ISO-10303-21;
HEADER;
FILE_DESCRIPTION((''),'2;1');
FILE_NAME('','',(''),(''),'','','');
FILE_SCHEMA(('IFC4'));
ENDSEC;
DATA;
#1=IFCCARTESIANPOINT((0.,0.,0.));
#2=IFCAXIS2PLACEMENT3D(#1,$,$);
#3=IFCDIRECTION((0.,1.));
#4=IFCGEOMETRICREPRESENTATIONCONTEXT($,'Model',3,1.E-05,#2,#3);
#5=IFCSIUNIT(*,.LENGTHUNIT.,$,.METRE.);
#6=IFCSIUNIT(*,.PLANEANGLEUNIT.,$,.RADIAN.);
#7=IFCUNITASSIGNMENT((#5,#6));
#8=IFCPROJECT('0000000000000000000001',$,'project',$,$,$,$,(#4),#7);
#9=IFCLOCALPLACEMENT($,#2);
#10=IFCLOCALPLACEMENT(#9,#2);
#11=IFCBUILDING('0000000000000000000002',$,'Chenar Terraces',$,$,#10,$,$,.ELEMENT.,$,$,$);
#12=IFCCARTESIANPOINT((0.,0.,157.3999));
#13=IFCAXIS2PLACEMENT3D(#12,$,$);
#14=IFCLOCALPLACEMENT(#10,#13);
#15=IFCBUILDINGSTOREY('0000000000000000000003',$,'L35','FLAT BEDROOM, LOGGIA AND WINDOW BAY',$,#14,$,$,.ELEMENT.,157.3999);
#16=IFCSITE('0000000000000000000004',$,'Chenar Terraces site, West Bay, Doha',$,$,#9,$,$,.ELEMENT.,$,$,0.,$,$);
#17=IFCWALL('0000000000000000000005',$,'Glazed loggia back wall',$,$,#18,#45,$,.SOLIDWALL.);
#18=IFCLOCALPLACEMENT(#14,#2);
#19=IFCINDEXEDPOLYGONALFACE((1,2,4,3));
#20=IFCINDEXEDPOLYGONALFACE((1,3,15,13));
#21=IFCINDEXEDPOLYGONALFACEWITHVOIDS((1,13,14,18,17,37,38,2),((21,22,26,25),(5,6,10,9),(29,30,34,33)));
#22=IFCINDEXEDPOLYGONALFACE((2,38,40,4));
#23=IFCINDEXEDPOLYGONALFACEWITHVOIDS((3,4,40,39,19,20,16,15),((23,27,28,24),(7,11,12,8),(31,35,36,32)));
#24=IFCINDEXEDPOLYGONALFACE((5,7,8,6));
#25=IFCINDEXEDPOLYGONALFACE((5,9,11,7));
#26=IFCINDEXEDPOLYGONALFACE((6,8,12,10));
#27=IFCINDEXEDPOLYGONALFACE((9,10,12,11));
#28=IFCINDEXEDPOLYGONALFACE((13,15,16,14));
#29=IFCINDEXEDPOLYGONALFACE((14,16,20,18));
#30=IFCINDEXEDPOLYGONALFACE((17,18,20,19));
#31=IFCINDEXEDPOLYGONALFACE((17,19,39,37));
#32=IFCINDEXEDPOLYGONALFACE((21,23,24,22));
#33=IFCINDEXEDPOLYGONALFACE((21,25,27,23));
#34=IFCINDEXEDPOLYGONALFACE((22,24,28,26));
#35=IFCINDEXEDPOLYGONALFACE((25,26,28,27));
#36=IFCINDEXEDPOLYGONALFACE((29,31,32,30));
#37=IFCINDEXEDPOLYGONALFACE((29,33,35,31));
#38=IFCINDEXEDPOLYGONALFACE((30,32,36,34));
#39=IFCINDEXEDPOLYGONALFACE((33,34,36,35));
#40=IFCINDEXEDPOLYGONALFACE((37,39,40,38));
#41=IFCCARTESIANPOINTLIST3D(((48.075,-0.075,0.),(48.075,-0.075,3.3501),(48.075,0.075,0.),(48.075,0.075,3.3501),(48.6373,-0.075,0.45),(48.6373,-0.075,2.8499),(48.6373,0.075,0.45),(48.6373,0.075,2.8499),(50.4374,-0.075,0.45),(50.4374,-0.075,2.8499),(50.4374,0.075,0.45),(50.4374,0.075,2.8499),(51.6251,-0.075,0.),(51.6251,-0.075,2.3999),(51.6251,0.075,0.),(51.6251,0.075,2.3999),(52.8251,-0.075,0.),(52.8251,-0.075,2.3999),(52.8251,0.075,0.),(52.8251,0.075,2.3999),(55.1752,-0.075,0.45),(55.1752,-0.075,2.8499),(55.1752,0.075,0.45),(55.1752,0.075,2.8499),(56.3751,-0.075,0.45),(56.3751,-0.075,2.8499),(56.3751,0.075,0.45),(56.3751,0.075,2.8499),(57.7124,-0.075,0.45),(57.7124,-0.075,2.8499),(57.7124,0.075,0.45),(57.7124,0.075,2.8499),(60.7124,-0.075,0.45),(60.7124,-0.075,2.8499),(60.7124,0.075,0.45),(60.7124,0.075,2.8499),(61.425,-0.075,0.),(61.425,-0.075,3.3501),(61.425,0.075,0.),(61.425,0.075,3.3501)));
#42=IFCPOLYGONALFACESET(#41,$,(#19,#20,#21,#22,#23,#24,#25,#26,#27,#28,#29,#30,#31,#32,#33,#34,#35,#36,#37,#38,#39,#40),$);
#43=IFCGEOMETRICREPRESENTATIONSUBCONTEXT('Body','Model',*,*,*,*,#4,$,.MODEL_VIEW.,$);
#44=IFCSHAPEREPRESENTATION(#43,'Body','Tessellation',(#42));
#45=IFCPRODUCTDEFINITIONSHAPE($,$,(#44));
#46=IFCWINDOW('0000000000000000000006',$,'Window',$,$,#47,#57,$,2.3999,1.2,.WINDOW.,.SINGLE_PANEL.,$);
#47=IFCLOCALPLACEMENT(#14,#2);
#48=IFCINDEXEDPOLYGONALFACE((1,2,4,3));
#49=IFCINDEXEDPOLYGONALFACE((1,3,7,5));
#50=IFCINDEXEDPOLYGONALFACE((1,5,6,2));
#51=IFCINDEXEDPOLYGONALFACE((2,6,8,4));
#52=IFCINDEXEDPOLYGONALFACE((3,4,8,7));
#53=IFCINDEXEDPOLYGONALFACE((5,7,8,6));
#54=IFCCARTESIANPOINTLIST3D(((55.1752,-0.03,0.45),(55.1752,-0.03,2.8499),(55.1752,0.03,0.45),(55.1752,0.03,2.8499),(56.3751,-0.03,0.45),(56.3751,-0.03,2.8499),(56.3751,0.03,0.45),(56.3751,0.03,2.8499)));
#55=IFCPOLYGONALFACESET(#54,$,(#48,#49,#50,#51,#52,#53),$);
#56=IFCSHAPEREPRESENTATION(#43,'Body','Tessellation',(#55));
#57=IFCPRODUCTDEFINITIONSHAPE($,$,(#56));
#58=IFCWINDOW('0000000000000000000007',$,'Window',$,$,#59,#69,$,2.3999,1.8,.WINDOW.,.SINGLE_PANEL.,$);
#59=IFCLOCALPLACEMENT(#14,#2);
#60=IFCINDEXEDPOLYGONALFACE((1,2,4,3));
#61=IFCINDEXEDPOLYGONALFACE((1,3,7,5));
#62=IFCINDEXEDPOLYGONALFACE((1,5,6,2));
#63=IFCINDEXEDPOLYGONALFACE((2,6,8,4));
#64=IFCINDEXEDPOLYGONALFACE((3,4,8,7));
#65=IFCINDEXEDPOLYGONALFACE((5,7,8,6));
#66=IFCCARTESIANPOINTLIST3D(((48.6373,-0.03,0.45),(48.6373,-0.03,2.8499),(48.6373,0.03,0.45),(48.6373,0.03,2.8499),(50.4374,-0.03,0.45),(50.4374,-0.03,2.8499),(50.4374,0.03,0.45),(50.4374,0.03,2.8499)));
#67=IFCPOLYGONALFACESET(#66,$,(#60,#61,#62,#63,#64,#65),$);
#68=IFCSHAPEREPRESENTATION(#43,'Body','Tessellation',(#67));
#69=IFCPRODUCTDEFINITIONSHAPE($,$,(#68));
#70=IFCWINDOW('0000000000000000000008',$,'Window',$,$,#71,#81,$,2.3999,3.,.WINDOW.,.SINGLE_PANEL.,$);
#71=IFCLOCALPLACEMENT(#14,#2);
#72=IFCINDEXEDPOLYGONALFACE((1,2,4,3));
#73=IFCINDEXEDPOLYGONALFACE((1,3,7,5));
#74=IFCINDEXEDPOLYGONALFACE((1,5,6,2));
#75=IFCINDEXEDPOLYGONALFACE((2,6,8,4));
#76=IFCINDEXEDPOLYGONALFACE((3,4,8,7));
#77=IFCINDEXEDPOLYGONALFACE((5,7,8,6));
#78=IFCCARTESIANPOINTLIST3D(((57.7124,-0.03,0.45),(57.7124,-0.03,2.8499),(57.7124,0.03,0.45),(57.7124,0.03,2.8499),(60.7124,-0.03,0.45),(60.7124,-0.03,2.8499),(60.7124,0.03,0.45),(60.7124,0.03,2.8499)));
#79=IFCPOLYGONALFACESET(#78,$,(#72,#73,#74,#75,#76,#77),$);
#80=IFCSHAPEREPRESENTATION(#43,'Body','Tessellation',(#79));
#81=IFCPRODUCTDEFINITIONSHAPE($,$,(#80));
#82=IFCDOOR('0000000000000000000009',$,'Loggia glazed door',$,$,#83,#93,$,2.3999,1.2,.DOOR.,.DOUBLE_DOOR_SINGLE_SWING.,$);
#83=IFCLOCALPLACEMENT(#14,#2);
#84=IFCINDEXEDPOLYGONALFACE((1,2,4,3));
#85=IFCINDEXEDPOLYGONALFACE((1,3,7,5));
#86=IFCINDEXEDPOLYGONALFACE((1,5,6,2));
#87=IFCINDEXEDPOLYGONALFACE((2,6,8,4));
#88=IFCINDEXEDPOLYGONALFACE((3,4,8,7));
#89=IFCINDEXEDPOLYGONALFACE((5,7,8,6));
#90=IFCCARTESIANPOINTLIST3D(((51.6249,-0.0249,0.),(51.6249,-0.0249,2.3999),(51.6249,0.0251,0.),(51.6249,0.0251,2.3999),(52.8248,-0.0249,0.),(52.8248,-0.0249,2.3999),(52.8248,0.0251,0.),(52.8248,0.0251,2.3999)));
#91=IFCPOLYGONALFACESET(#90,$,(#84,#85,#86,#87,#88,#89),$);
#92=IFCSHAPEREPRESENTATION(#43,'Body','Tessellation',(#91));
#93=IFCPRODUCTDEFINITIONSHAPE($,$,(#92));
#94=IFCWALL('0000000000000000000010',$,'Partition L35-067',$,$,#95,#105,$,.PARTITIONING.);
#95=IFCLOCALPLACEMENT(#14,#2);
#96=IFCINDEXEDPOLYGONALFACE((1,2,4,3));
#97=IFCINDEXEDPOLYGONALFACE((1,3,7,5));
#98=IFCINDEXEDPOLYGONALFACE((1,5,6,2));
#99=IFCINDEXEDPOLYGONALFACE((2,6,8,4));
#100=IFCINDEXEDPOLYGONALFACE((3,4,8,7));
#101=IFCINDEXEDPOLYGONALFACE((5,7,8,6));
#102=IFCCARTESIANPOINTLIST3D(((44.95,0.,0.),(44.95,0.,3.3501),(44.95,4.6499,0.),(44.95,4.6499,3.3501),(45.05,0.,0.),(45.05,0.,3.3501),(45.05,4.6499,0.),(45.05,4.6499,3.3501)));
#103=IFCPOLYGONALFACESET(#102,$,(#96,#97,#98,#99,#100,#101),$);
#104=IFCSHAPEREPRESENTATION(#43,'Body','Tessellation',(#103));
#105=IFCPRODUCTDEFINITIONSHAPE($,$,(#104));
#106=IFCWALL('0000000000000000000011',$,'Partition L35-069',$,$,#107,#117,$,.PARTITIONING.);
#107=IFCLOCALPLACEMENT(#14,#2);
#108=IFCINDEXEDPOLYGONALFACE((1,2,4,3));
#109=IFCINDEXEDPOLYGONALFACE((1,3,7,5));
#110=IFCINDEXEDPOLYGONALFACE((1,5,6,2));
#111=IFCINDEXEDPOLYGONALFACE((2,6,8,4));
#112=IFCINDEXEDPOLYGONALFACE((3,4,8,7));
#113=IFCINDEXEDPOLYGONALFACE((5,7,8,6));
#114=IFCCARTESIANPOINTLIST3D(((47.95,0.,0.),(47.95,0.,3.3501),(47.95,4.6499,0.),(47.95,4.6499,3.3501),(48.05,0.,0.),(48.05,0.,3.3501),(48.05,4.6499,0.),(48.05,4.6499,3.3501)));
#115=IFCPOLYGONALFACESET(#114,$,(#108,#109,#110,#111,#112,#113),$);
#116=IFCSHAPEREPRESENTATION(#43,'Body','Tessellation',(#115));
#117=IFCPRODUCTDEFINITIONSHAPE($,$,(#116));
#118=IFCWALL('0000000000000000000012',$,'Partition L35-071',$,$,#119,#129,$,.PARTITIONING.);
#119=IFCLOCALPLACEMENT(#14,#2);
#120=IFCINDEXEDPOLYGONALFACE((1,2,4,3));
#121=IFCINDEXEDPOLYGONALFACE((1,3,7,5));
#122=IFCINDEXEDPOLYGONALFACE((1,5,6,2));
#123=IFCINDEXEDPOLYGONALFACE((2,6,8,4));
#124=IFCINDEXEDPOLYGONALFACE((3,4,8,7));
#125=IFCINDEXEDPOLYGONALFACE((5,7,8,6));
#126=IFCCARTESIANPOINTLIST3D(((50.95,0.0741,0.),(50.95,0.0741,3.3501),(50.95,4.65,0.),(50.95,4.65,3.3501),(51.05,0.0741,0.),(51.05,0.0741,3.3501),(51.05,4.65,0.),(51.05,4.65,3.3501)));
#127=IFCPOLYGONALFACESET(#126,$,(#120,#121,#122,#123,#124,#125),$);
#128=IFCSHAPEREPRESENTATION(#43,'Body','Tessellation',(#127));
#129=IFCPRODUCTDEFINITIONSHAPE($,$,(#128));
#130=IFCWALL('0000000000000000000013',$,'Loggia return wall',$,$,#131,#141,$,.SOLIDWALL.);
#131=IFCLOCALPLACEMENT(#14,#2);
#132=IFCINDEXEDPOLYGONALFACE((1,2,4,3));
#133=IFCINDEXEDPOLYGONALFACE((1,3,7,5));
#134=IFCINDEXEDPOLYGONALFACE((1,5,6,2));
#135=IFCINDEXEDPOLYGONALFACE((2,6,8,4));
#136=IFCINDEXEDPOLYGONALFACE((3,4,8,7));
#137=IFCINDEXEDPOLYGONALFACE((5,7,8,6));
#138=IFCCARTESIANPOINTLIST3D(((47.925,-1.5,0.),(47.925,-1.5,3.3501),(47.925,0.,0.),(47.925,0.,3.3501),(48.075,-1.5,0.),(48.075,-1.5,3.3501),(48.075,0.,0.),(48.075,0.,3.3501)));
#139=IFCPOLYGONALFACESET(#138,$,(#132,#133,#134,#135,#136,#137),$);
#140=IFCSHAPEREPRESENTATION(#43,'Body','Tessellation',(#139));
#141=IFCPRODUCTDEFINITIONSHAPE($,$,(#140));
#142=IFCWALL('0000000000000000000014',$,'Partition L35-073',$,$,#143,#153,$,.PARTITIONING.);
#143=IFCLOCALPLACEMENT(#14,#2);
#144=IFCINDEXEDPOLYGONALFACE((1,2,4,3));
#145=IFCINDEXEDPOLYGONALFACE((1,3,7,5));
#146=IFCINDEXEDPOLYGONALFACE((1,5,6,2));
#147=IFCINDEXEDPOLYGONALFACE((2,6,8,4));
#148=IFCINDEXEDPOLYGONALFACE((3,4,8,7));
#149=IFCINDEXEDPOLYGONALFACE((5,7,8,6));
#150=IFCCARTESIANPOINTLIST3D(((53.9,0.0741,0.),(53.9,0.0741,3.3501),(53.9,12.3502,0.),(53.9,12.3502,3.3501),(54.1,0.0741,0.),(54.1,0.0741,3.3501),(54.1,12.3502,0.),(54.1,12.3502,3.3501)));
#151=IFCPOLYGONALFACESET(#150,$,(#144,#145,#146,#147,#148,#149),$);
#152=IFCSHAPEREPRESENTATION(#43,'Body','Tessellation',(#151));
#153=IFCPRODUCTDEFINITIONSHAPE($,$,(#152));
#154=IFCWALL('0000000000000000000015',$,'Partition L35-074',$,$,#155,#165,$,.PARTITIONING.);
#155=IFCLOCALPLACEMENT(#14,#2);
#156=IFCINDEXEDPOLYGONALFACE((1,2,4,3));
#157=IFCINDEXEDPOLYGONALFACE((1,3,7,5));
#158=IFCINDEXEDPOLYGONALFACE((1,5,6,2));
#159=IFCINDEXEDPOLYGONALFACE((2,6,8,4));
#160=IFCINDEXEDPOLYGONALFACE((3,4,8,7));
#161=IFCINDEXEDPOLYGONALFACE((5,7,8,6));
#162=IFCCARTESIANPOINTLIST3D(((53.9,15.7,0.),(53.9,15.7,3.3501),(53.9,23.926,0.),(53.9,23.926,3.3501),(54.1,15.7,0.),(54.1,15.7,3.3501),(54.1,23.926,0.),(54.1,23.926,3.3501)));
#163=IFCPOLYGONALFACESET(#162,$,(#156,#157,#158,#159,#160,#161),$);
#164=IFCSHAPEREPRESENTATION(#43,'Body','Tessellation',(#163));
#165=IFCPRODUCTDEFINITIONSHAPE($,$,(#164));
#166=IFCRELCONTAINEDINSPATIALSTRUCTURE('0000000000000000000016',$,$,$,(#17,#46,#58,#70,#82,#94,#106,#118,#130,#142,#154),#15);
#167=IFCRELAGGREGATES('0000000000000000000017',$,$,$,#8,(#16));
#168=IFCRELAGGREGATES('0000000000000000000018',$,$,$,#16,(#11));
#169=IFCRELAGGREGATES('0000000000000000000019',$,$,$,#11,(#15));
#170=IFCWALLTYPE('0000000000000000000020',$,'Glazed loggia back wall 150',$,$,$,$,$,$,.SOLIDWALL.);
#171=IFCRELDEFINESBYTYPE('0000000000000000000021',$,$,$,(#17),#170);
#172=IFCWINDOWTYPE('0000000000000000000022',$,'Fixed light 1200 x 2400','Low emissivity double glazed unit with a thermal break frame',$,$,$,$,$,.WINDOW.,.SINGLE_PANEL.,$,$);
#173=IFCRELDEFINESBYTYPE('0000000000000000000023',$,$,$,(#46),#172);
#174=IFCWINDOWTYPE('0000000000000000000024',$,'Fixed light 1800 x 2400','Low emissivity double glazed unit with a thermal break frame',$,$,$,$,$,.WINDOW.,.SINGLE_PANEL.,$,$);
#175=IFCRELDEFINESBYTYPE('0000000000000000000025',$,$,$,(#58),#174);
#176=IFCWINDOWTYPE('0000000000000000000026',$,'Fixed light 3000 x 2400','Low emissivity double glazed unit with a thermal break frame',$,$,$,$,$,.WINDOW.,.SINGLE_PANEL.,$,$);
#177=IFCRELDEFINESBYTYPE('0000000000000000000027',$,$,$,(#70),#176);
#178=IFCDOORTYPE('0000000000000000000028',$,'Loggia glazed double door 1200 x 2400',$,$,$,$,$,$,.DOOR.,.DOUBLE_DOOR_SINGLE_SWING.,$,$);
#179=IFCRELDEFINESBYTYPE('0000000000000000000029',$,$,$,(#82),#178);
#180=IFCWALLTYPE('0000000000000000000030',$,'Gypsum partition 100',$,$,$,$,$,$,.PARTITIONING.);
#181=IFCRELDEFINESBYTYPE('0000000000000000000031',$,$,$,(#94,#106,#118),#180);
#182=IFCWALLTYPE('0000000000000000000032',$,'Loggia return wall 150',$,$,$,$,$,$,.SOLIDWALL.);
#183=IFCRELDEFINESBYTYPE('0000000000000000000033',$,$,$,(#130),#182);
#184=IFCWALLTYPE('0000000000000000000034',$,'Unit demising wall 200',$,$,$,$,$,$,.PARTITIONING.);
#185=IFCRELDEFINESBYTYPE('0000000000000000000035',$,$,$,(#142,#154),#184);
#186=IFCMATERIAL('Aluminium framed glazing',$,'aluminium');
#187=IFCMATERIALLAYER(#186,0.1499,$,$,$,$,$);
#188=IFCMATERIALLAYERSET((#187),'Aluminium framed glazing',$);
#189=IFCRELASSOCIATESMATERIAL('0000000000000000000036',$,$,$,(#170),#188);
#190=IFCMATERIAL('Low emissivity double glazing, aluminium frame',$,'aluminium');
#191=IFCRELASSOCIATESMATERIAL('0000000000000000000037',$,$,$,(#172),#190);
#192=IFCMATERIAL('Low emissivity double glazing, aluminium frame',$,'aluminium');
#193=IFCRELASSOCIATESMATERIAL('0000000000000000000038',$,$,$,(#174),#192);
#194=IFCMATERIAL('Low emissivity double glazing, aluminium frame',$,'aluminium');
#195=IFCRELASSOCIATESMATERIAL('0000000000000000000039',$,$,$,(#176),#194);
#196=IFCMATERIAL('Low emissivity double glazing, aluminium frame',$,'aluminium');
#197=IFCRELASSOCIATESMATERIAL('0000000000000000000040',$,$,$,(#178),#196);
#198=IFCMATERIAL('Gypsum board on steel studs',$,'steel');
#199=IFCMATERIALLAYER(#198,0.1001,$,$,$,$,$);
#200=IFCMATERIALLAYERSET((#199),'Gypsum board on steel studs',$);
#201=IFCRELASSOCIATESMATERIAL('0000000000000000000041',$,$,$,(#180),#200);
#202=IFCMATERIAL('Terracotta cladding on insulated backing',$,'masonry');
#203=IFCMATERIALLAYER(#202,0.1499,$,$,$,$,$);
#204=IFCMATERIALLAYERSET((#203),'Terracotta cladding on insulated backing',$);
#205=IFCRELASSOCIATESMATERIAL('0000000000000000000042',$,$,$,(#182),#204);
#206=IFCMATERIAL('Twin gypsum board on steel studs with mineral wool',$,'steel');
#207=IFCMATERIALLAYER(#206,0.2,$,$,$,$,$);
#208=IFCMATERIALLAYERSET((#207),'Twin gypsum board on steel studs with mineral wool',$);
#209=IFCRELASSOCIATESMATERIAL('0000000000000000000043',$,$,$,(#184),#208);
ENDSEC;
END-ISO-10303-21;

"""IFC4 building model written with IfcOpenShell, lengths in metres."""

from ifc_helpers import new_model, si_unit, direction, frame, frame_2d, origin, place, context, subcontext, project, spatial, rectangle, extrude, material, layer, layer_set, type_object, element, fill, save


model = new_model("IFC4")

# Units and contexts
model_context = context("Model", 3, precision=1e-05, world=origin(), true_north=direction((0.0, 1.0)))
body_context = subcontext(model_context, "Body", "Model", "MODEL_VIEW")
ifc_project = project(units=[si_unit("LENGTHUNIT", "METRE"), si_unit("PLANEANGLEUNIT", "RADIAN")], contexts=[model_context])

# Site, building, storey
site_placement = place(None, origin())
site = spatial("IfcSite", under=ifc_project, at=site_placement, Name="Chenar Terraces site, West Bay, Doha", CompositionType="ELEMENT", RefElevation=0.0)
building_placement = place(site_placement, origin())
building = spatial("IfcBuilding", under=site, at=building_placement, Name="Chenar Terraces", CompositionType="ELEMENT")
storey_placement = place(building_placement, frame((0.0, 0.0, 157.3999)))
storey = spatial("IfcBuildingStorey", under=building, at=storey_placement, Name="L35", Description="FLAT BEDROOM, LOGGIA AND WINDOW BAY", CompositionType="ELEMENT", Elevation=157.3999)

# Wall, openings, windows, door
ifc_material_1 = material(Name="Aluminium framed glazing", Category="aluminium")
ifc_layer_1 = layer(ifc_material_1, 0.1499)
ifc_layer_set_1 = layer_set([ifc_layer_1], Name="Aluminium framed glazing")
wall_type_1 = type_object("IfcWallType", Name="Glazed loggia back wall 150", PredefinedType="SOLIDWALL", material=ifc_layer_set_1)
wall_1_placement = place(storey_placement, frame((48.075, 0.0, 0.0), z_axis=(0.0, 0.0, 1.0), x_axis=(1.0, 0.0, 0.0)))
wall_1 = element("IfcWall", 1, at=wall_1_placement, inside=storey, type_object=wall_type_1, Name="Glazed loggia back wall", PredefinedType="SOLIDWALL", context=body_context, shape_type="SweptSolid", body=[
    extrude(rectangle(XDim=13.3501, YDim=0.1499, at=frame_2d((6.675, 0.0))), origin(), (0.0, 0.0, 1.0), 3.3501),
])
opening_1_placement = place(wall_1_placement, frame((0.5625, 0.0, 0.45)))
opening_1 = element("IfcOpeningElement", 2, at=opening_1_placement, cuts=wall_1, PredefinedType="OPENING", context=body_context, shape_type="SweptSolid", body=[
    extrude(rectangle(XDim=1.8, YDim=2.3999, at=frame_2d((0.8999, 1.2))), frame((0.0, 0.085, 0.0), z_axis=(0.0, -1.0, 0.0), x_axis=(1.0, 0.0, 0.0)), (0.0, 0.0, 1.0), 0.1699),
])
opening_2_placement = place(wall_1_placement, frame((3.55, 0.0, 0.0)))
opening_2 = element("IfcOpeningElement", 3, at=opening_2_placement, cuts=wall_1, PredefinedType="OPENING", context=body_context, shape_type="SweptSolid", body=[
    extrude(rectangle(XDim=1.2, YDim=2.3999, at=frame_2d((0.6001, 1.2))), frame((0.0, 0.085, 0.0), z_axis=(0.0, -1.0, 0.0), x_axis=(1.0, 0.0, 0.0)), (0.0, 0.0, 1.0), 0.1699),
])
opening_3_placement = place(wall_1_placement, frame((7.1001, 0.0, 0.45)))
opening_3 = element("IfcOpeningElement", 4, at=opening_3_placement, cuts=wall_1, PredefinedType="OPENING", context=body_context, shape_type="SweptSolid", body=[
    extrude(rectangle(XDim=1.2, YDim=2.3999, at=frame_2d((0.6001, 1.2))), frame((0.0, 0.085, 0.0), z_axis=(0.0, -1.0, 0.0), x_axis=(1.0, 0.0, 0.0)), (0.0, 0.0, 1.0), 0.1699),
])
opening_4_placement = place(wall_1_placement, frame((9.6375, 0.0, 0.45)))
opening_4 = element("IfcOpeningElement", 5, at=opening_4_placement, cuts=wall_1, PredefinedType="OPENING", context=body_context, shape_type="SweptSolid", body=[
    extrude(rectangle(XDim=3.0, YDim=2.3999, at=frame_2d((1.5, 1.2))), frame((0.0, 0.085, 0.0), z_axis=(0.0, -1.0, 0.0), x_axis=(1.0, 0.0, 0.0)), (0.0, 0.0, 1.0), 0.1699),
])
ifc_material_2 = material(Name="Low emissivity double glazing, aluminium frame", Category="aluminium")
window_type_1 = type_object("IfcWindowType", Name="Fixed light 1200 x 2400", Description="Low emissivity double glazed unit with a thermal break frame", PartitioningType="SINGLE_PANEL", PredefinedType="WINDOW", material=ifc_material_2)
window_1_placement = place(opening_3_placement, origin())
window_1 = element("IfcWindow", 6, at=window_1_placement, inside=storey, type_object=window_type_1, Name="Window", OverallHeight=2.3999, OverallWidth=1.2, PartitioningType="SINGLE_PANEL", PredefinedType="WINDOW", context=body_context, shape_type="SweptSolid", body=[
    extrude(rectangle(XDim=1.2, YDim=2.3999, at=frame_2d((0.6001, 1.2))), frame((0.0, 0.03, 0.0), z_axis=(0.0, -1.0, 0.0), x_axis=(1.0, 0.0, 0.0)), (0.0, 0.0, 1.0), 0.0601),
])
fill(opening_3, window_1)
ifc_material_3 = material(Name="Low emissivity double glazing, aluminium frame", Category="aluminium")
window_type_2 = type_object("IfcWindowType", Name="Fixed light 1800 x 2400", Description="Low emissivity double glazed unit with a thermal break frame", PartitioningType="SINGLE_PANEL", PredefinedType="WINDOW", material=ifc_material_3)
window_2_placement = place(opening_1_placement, origin())
window_2 = element("IfcWindow", 7, at=window_2_placement, inside=storey, type_object=window_type_2, Name="Window", OverallHeight=2.3999, OverallWidth=1.8, PartitioningType="SINGLE_PANEL", PredefinedType="WINDOW", context=body_context, shape_type="SweptSolid", body=[
    extrude(rectangle(XDim=1.8, YDim=2.3999, at=frame_2d((0.8999, 1.2))), frame((0.0, 0.03, 0.0), z_axis=(0.0, -1.0, 0.0), x_axis=(1.0, 0.0, 0.0)), (0.0, 0.0, 1.0), 0.0601),
])
fill(opening_1, window_2)
ifc_material_4 = material(Name="Low emissivity double glazing, aluminium frame", Category="aluminium")
window_type_3 = type_object("IfcWindowType", Name="Fixed light 3000 x 2400", Description="Low emissivity double glazed unit with a thermal break frame", PartitioningType="SINGLE_PANEL", PredefinedType="WINDOW", material=ifc_material_4)
window_3_placement = place(opening_4_placement, origin())
window_3 = element("IfcWindow", 8, at=window_3_placement, inside=storey, type_object=window_type_3, Name="Window", OverallHeight=2.3999, OverallWidth=3.0, PartitioningType="SINGLE_PANEL", PredefinedType="WINDOW", context=body_context, shape_type="SweptSolid", body=[
    extrude(rectangle(XDim=3.0, YDim=2.3999, at=frame_2d((1.5, 1.2))), frame((0.0, 0.03, 0.0), z_axis=(0.0, -1.0, 0.0), x_axis=(1.0, 0.0, 0.0)), (0.0, 0.0, 1.0), 0.0601),
])
fill(opening_4, window_3)
ifc_material_5 = material(Name="Low emissivity double glazing, aluminium frame", Category="aluminium")
door_type_1 = type_object("IfcDoorType", Name="Loggia glazed double door 1200 x 2400", OperationType="DOUBLE_DOOR_SINGLE_SWING", PredefinedType="DOOR", material=ifc_material_5)
door_1_placement = place(opening_2_placement, frame((1.2, 0.0, 0.0), z_axis=(0.0, 0.0, 1.0), x_axis=(-1.0, 0.0, 0.0)))
door_1 = element("IfcDoor", 9, at=door_1_placement, inside=storey, type_object=door_type_1, Name="Loggia glazed door", OperationType="DOUBLE_DOOR_SINGLE_SWING", OverallHeight=2.3999, OverallWidth=1.2, PredefinedType="DOOR", context=body_context, shape_type="SweptSolid", body=[
    extrude(rectangle(XDim=1.2, YDim=2.3999, at=frame_2d((0.6001, 1.2))), frame((0.0, 0.0249, 0.0), z_axis=(0.0, -1.0, 0.0), x_axis=(1.0, 0.0, 0.0)), (0.0, 0.0, 1.0), 0.05),
])
fill(opening_2, door_1)

# Walls
ifc_material_6 = material(Name="Gypsum board on steel studs", Category="steel")
ifc_layer_2 = layer(ifc_material_6, 0.1001)
ifc_layer_set_2 = layer_set([ifc_layer_2], Name="Gypsum board on steel studs")
wall_type_2 = type_object("IfcWallType", Name="Gypsum partition 100", PredefinedType="PARTITIONING", material=ifc_layer_set_2)
for number, where, z_axis, x_axis, name in (
    (10, (45.0, 0.0, 0.0), (0.0, 0.0, 1.0), (0.0, 1.0, 0.0), "Partition L35-067"),
    (11, (48.0, 0.0, 0.0), (0.0, 0.0, 1.0), (0.0, 1.0, 0.0), "Partition L35-069"),
):
    element("IfcWall", number, at=place(storey_placement, frame(where, z_axis=z_axis, x_axis=x_axis)), inside=storey, type_object=wall_type_2, Name=name, PredefinedType="PARTITIONING", context=body_context, shape_type="SweptSolid", body=[
        extrude(rectangle(XDim=4.6499, YDim=0.1001, at=frame_2d((2.325, 0.0))), origin(), (0.0, 0.0, 1.0), 3.3501),
    ])
wall_2_placement = place(storey_placement, frame((51.0, 0.074, 0.0), z_axis=(0.0, 0.0, 1.0), x_axis=(0.0, 1.0, 0.0)))
element("IfcWall", 12, at=wall_2_placement, inside=storey, type_object=wall_type_2, Name="Partition L35-071", PredefinedType="PARTITIONING", context=body_context, shape_type="SweptSolid", body=[
    extrude(rectangle(XDim=4.5759, YDim=0.1001, at=frame_2d((2.2881, 0.0))), origin(), (0.0, 0.0, 1.0), 3.3501),
])
ifc_material_7 = material(Name="Terracotta cladding on insulated backing", Category="masonry")
ifc_layer_3 = layer(ifc_material_7, 0.1499)
ifc_layer_set_3 = layer_set([ifc_layer_3], Name="Terracotta cladding on insulated backing")
wall_type_3 = type_object("IfcWallType", Name="Loggia return wall 150", PredefinedType="SOLIDWALL", material=ifc_layer_set_3)
wall_3_placement = place(storey_placement, frame((48.0, -1.5, 0.0), z_axis=(0.0, 0.0, 1.0), x_axis=(0.0, 1.0, 0.0)))
element("IfcWall", 13, at=wall_3_placement, inside=storey, type_object=wall_type_3, Name="Loggia return wall", PredefinedType="SOLIDWALL", context=body_context, shape_type="SweptSolid", body=[
    extrude(rectangle(XDim=1.5, YDim=0.1499, at=frame_2d((0.75, 0.0))), origin(), (0.0, 0.0, 1.0), 3.3501),
])
ifc_material_8 = material(Name="Twin gypsum board on steel studs with mineral wool", Category="steel")
ifc_layer_4 = layer(ifc_material_8, 0.2)
ifc_layer_set_4 = layer_set([ifc_layer_4], Name="Twin gypsum board on steel studs with mineral wool")
wall_type_4 = type_object("IfcWallType", Name="Unit demising wall 200", PredefinedType="PARTITIONING", material=ifc_layer_set_4)
wall_4_placement = place(storey_placement, frame((54.0, 0.074, 0.0), z_axis=(0.0, 0.0, 1.0), x_axis=(0.0, 1.0, 0.0)))
element("IfcWall", 14, at=wall_4_placement, inside=storey, type_object=wall_type_4, Name="Partition L35-073", PredefinedType="PARTITIONING", context=body_context, shape_type="SweptSolid", body=[
    extrude(rectangle(XDim=12.2761, YDim=0.2, at=frame_2d((6.1382, 0.0))), origin(), (0.0, 0.0, 1.0), 3.3501),
])
wall_5_placement = place(storey_placement, frame((54.0, 15.7, 0.0), z_axis=(0.0, 0.0, 1.0), x_axis=(0.0, 1.0, 0.0)))
element("IfcWall", 15, at=wall_5_placement, inside=storey, type_object=wall_type_4, Name="Partition L35-074", PredefinedType="PARTITIONING", context=body_context, shape_type="SweptSolid", body=[
    extrude(rectangle(XDim=8.2261, YDim=0.2, at=frame_2d((4.113, 0.0))), origin(), (0.0, 0.0, 1.0), 3.3501),
])

save(model, "model.ifc")
